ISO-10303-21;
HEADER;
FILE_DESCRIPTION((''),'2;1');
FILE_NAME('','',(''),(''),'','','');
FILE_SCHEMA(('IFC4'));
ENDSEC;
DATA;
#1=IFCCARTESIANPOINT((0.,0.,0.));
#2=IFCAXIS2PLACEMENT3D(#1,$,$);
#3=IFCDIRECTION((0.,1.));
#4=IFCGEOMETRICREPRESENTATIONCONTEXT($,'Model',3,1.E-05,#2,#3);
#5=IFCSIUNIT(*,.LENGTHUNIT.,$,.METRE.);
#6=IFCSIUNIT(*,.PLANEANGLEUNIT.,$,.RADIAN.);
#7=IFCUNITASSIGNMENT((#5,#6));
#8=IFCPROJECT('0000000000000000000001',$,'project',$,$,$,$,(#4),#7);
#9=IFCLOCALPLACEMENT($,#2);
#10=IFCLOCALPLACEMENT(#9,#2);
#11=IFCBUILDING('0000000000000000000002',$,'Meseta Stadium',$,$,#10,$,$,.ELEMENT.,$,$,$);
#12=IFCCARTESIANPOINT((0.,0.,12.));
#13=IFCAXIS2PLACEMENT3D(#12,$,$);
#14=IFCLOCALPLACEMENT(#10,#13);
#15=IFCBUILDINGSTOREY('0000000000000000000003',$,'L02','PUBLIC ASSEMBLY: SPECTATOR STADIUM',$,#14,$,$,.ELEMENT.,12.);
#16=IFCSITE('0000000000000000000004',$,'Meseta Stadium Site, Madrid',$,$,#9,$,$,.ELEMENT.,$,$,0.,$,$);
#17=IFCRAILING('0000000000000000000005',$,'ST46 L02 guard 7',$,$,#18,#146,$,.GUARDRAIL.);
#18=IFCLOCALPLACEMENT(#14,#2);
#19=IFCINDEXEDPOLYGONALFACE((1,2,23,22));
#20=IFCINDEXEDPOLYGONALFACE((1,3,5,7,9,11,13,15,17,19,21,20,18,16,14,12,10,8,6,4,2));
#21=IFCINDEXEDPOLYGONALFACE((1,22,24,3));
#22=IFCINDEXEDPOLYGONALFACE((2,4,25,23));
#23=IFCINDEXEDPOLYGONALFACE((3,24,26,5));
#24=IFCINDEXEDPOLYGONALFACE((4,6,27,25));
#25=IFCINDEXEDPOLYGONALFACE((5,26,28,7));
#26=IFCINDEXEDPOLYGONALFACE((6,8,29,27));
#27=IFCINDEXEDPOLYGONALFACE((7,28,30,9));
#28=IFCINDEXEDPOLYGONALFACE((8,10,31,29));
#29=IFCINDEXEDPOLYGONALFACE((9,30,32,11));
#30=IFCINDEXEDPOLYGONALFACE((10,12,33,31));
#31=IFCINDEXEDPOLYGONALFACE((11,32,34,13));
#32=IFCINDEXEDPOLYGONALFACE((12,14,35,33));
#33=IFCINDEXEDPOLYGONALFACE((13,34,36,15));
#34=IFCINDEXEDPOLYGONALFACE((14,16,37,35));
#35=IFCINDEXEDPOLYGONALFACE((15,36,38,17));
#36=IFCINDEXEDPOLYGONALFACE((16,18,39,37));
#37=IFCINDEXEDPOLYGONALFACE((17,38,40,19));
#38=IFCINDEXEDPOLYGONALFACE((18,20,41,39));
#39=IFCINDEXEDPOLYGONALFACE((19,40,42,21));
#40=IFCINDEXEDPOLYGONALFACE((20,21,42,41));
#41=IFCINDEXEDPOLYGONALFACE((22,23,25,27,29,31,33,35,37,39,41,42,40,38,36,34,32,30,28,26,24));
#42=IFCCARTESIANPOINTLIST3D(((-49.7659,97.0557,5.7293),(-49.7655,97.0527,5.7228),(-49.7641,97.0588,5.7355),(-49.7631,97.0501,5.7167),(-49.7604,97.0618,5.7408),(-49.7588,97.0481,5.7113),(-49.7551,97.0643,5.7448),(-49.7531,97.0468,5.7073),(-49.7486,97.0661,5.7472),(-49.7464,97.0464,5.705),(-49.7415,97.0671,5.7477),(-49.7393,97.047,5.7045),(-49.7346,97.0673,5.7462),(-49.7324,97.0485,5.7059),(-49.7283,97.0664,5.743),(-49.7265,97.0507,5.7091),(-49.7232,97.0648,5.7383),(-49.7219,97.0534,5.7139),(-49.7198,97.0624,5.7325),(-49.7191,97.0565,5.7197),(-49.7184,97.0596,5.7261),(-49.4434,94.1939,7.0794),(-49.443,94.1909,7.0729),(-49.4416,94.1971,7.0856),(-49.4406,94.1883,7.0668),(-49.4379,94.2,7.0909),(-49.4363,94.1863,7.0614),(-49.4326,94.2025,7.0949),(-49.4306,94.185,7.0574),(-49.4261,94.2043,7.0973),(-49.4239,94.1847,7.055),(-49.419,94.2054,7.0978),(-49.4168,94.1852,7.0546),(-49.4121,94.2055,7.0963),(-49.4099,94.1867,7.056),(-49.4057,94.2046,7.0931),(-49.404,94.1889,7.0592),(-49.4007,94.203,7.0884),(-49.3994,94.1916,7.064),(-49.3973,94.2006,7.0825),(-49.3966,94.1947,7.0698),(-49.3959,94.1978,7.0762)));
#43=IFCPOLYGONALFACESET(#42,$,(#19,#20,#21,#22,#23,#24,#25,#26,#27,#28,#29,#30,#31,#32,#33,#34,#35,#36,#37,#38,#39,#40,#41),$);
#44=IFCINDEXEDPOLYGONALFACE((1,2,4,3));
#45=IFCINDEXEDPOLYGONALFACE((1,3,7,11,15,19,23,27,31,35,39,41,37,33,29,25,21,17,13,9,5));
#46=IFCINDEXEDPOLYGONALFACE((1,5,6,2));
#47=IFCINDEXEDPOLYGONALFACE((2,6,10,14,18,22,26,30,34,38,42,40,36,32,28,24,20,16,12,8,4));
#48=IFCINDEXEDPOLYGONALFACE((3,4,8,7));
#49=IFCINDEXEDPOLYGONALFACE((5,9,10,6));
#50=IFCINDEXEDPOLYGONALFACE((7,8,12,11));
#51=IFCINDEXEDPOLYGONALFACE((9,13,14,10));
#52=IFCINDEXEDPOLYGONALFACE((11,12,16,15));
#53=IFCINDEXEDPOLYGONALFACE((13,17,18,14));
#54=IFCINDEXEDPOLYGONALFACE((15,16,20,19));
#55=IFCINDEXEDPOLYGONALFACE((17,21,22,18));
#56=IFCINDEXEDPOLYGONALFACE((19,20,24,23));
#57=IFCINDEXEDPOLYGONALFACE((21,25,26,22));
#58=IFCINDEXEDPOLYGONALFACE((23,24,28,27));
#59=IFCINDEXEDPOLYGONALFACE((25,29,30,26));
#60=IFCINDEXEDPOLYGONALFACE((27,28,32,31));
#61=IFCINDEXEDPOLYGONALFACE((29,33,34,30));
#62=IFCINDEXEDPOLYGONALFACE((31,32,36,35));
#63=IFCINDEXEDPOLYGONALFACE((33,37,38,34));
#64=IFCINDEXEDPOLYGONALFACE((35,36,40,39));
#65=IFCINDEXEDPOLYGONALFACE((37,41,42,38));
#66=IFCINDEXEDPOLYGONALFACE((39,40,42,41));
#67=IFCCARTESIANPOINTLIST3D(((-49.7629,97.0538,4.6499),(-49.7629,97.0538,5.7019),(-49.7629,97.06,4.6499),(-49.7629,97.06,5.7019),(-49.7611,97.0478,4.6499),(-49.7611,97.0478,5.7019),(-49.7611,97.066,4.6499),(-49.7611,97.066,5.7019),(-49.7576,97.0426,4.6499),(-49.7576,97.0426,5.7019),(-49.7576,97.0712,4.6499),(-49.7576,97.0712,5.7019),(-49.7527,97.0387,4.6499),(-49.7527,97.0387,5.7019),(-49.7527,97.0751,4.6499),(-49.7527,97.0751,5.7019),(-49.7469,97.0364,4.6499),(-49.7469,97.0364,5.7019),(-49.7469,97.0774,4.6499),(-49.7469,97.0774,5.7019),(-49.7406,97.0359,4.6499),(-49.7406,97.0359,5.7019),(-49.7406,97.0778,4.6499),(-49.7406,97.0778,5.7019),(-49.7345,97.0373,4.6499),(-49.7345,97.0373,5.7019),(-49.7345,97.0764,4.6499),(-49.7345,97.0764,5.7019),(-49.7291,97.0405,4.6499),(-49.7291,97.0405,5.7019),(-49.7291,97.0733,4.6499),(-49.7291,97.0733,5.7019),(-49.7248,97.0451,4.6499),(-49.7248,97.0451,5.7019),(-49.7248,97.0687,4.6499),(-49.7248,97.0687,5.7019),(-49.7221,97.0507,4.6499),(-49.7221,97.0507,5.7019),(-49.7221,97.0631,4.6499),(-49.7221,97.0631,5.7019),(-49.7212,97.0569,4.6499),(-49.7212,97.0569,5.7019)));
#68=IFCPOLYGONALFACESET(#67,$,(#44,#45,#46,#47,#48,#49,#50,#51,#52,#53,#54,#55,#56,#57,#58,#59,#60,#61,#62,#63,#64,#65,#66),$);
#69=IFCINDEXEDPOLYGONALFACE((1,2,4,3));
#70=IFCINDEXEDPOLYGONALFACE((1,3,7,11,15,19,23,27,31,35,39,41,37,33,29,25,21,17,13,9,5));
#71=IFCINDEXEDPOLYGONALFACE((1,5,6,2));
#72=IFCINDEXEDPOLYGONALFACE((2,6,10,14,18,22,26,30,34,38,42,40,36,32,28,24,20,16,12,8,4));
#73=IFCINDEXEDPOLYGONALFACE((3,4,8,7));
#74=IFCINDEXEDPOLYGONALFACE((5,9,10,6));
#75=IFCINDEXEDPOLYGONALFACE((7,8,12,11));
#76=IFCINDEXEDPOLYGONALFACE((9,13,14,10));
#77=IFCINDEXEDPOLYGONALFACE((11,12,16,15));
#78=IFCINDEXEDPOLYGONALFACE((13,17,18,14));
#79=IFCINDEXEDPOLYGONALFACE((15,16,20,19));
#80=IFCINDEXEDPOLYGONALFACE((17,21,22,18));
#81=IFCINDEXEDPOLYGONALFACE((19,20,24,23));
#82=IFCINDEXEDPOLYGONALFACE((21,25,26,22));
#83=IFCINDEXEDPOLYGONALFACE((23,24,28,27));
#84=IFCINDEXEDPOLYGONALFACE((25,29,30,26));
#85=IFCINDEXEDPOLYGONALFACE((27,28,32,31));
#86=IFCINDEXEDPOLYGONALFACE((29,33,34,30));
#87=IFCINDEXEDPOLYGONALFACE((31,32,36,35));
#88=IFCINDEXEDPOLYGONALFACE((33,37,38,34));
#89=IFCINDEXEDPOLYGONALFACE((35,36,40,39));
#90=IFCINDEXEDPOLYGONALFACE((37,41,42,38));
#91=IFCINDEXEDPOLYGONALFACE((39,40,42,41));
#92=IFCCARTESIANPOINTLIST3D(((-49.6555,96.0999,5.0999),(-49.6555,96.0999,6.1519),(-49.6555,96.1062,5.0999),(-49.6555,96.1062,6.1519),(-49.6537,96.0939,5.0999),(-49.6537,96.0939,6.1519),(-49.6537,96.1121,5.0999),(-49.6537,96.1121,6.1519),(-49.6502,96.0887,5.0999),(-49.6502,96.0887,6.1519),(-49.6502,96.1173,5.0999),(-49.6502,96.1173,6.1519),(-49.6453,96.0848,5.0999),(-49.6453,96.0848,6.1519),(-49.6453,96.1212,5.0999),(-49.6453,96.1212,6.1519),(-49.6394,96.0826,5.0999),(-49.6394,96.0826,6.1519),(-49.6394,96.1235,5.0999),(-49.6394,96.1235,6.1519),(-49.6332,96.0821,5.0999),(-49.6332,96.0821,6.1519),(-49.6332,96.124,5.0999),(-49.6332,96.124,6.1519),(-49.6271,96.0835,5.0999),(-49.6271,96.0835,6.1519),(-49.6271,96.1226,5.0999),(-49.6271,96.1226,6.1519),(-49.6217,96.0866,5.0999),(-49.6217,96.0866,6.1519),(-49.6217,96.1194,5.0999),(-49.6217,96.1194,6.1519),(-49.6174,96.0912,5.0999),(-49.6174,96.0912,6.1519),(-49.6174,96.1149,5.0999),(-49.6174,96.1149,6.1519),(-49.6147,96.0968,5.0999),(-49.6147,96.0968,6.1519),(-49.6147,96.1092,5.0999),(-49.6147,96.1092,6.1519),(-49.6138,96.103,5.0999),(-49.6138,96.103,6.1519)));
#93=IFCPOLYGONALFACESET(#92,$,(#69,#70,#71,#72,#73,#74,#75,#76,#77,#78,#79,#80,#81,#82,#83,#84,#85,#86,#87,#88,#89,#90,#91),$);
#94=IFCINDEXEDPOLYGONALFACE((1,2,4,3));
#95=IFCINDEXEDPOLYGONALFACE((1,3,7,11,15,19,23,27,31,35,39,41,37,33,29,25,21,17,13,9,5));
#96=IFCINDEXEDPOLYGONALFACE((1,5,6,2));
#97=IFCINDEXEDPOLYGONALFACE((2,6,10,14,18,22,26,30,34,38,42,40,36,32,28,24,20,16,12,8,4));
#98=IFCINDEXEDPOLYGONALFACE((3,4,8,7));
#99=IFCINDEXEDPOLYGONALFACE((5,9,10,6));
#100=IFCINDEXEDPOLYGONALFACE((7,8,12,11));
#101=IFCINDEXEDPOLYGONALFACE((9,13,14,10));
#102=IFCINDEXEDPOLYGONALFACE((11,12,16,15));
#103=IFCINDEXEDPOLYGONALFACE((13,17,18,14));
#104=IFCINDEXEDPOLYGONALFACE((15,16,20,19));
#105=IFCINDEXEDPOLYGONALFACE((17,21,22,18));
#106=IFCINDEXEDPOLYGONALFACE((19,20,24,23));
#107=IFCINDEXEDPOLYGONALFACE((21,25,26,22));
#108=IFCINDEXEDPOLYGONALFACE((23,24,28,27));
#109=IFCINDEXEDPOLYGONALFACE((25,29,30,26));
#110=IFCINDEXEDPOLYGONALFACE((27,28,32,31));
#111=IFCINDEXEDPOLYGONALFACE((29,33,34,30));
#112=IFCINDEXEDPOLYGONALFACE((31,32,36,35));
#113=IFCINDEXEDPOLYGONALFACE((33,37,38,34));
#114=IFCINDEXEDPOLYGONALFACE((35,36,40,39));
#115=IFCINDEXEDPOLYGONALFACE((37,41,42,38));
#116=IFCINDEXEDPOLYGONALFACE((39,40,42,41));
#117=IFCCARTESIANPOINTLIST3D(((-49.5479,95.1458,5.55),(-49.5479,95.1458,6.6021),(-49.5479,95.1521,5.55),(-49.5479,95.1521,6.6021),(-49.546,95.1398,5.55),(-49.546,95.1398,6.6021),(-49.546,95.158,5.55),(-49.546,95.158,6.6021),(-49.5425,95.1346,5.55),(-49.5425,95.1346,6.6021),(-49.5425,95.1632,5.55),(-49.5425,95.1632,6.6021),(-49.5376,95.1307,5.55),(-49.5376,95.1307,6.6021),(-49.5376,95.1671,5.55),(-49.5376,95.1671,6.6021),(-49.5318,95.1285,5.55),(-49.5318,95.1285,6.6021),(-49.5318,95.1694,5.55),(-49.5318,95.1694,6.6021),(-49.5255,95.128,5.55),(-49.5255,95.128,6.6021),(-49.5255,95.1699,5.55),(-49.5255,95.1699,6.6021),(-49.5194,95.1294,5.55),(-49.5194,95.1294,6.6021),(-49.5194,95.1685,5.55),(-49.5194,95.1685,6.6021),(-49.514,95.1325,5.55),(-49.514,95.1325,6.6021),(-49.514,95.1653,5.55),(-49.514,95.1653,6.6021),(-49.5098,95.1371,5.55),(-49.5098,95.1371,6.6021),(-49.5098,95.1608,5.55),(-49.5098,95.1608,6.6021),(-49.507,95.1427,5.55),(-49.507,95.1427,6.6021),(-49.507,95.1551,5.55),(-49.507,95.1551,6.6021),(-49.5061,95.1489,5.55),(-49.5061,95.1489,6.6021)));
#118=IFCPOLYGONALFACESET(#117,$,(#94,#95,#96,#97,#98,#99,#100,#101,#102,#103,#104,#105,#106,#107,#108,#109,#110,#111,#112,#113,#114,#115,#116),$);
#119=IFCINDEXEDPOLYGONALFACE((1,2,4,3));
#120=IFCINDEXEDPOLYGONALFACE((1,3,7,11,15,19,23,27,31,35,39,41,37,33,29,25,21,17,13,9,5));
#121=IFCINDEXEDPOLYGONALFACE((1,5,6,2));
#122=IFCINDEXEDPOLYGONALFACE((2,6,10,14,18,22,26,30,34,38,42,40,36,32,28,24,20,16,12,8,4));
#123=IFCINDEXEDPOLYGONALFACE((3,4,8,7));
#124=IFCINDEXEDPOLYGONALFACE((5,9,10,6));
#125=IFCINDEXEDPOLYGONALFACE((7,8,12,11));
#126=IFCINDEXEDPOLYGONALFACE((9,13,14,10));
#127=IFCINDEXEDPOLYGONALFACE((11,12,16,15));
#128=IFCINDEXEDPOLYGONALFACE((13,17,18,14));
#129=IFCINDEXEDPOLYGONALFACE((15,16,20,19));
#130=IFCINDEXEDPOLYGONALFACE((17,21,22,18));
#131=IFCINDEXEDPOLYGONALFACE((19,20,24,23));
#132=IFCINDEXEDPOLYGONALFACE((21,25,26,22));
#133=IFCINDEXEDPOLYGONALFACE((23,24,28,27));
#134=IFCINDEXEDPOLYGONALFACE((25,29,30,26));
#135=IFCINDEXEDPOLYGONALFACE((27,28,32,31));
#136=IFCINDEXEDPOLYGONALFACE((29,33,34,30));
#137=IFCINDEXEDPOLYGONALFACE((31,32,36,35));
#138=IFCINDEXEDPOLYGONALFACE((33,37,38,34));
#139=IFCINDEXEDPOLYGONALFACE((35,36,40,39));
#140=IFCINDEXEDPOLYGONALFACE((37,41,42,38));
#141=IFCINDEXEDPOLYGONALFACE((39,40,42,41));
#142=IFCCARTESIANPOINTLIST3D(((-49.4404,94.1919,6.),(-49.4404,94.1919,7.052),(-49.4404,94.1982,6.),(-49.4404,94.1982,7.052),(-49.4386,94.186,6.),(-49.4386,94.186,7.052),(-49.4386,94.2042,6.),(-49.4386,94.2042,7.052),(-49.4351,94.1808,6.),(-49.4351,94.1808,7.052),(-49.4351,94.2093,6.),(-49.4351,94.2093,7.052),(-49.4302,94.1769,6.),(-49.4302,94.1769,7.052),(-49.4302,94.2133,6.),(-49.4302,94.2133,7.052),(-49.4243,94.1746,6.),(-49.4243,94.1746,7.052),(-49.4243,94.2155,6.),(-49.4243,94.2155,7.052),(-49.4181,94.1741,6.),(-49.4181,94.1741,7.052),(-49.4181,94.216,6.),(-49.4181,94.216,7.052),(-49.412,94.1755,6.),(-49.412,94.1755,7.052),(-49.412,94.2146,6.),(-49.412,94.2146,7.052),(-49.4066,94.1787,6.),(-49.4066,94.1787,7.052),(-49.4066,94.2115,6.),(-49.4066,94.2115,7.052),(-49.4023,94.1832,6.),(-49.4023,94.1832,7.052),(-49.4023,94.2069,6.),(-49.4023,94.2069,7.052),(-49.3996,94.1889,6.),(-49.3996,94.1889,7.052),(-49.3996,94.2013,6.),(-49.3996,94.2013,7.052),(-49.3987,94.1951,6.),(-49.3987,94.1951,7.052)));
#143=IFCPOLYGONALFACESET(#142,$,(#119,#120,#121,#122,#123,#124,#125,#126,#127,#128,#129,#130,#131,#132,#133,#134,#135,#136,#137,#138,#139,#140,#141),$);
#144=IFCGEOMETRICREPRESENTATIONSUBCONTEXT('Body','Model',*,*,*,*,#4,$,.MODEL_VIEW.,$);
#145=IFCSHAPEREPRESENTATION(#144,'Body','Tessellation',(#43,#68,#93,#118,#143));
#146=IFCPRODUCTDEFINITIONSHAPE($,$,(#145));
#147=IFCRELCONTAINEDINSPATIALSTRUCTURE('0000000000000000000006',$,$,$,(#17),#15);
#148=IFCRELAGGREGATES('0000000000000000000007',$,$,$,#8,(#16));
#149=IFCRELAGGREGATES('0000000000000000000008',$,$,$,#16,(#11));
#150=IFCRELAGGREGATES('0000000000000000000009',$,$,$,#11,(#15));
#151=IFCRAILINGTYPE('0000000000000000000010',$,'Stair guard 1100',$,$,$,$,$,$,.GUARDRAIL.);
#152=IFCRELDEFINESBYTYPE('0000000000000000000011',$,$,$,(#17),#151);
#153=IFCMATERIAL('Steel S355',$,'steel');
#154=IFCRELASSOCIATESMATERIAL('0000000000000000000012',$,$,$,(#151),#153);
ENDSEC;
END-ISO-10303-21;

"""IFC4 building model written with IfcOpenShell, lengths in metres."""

from ifc_helpers import new_model, si_unit, direction, frame, origin, origin_2d, place, context, subcontext, project, spatial, circle, extrude, material, type_object, element, save


model = new_model("IFC4")

# Units and contexts
model_context = context("Model", 3, precision=1e-05, world=origin(), true_north=direction((0.0, 1.0)))
body_context = subcontext(model_context, "Body", "Model", "MODEL_VIEW")
ifc_project = project(units=[si_unit("LENGTHUNIT", "METRE"), si_unit("PLANEANGLEUNIT", "RADIAN")], contexts=[model_context])

# Site, building, storey
site_placement = place(None, origin())
site = spatial("IfcSite", under=ifc_project, at=site_placement, Name="Meseta Stadium Site, Madrid", CompositionType="ELEMENT", RefElevation=0.0)
building_placement = place(site_placement, origin())
building = spatial("IfcBuilding", under=site, at=building_placement, Name="Meseta Stadium", CompositionType="ELEMENT")
storey_placement = place(building_placement, frame((0.0, 0.0, 12.0)))
storey = spatial("IfcBuildingStorey", under=building, at=storey_placement, Name="L02", Description="PUBLIC ASSEMBLY: SPECTATOR STADIUM", CompositionType="ELEMENT", Elevation=12.0)

# Railing
ifc_material_1 = material(Name="Steel S355", Category="steel")
railing_type_1 = type_object("IfcRailingType", Name="Stair guard 1100", PredefinedType="GUARDRAIL", material=ifc_material_1)
railing_1_placement = place(storey_placement, frame((-49.7422, 97.0569, 4.6499)))
element("IfcRailing", 1, at=railing_1_placement, inside=storey, type_object=railing_type_1, Name="ST46 L02 guard 7", PredefinedType="GUARDRAIL", context=body_context, shape_type="SweptSolid", body=[
    extrude(circle(Radius=0.0239, at=origin_2d()), frame((0.0, 0.0, 1.0762), z_axis=(0.101396, -0.899748, 0.424467), x_axis=(0.99371, 0.111985, 0.0)), (0.0, 0.0, 1.0), 3.1807),
    extrude(circle(Radius=0.021, at=origin_2d()), origin(), (0.0, 0.0, 1.0), 1.052),
    extrude(circle(Radius=0.021, at=origin_2d()), frame((0.1074, -0.9539, 0.45)), (0.0, 0.0, 1.0), 1.052),
    extrude(circle(Radius=0.021, at=origin_2d()), frame((0.2151, -1.908, 0.9001)), (0.0, 0.0, 1.0), 1.052),
    extrude(circle(Radius=0.021, at=origin_2d()), frame((0.3225, -2.8618, 1.3501)), (0.0, 0.0, 1.0), 1.052),
])

save(model, "model.ifc")
